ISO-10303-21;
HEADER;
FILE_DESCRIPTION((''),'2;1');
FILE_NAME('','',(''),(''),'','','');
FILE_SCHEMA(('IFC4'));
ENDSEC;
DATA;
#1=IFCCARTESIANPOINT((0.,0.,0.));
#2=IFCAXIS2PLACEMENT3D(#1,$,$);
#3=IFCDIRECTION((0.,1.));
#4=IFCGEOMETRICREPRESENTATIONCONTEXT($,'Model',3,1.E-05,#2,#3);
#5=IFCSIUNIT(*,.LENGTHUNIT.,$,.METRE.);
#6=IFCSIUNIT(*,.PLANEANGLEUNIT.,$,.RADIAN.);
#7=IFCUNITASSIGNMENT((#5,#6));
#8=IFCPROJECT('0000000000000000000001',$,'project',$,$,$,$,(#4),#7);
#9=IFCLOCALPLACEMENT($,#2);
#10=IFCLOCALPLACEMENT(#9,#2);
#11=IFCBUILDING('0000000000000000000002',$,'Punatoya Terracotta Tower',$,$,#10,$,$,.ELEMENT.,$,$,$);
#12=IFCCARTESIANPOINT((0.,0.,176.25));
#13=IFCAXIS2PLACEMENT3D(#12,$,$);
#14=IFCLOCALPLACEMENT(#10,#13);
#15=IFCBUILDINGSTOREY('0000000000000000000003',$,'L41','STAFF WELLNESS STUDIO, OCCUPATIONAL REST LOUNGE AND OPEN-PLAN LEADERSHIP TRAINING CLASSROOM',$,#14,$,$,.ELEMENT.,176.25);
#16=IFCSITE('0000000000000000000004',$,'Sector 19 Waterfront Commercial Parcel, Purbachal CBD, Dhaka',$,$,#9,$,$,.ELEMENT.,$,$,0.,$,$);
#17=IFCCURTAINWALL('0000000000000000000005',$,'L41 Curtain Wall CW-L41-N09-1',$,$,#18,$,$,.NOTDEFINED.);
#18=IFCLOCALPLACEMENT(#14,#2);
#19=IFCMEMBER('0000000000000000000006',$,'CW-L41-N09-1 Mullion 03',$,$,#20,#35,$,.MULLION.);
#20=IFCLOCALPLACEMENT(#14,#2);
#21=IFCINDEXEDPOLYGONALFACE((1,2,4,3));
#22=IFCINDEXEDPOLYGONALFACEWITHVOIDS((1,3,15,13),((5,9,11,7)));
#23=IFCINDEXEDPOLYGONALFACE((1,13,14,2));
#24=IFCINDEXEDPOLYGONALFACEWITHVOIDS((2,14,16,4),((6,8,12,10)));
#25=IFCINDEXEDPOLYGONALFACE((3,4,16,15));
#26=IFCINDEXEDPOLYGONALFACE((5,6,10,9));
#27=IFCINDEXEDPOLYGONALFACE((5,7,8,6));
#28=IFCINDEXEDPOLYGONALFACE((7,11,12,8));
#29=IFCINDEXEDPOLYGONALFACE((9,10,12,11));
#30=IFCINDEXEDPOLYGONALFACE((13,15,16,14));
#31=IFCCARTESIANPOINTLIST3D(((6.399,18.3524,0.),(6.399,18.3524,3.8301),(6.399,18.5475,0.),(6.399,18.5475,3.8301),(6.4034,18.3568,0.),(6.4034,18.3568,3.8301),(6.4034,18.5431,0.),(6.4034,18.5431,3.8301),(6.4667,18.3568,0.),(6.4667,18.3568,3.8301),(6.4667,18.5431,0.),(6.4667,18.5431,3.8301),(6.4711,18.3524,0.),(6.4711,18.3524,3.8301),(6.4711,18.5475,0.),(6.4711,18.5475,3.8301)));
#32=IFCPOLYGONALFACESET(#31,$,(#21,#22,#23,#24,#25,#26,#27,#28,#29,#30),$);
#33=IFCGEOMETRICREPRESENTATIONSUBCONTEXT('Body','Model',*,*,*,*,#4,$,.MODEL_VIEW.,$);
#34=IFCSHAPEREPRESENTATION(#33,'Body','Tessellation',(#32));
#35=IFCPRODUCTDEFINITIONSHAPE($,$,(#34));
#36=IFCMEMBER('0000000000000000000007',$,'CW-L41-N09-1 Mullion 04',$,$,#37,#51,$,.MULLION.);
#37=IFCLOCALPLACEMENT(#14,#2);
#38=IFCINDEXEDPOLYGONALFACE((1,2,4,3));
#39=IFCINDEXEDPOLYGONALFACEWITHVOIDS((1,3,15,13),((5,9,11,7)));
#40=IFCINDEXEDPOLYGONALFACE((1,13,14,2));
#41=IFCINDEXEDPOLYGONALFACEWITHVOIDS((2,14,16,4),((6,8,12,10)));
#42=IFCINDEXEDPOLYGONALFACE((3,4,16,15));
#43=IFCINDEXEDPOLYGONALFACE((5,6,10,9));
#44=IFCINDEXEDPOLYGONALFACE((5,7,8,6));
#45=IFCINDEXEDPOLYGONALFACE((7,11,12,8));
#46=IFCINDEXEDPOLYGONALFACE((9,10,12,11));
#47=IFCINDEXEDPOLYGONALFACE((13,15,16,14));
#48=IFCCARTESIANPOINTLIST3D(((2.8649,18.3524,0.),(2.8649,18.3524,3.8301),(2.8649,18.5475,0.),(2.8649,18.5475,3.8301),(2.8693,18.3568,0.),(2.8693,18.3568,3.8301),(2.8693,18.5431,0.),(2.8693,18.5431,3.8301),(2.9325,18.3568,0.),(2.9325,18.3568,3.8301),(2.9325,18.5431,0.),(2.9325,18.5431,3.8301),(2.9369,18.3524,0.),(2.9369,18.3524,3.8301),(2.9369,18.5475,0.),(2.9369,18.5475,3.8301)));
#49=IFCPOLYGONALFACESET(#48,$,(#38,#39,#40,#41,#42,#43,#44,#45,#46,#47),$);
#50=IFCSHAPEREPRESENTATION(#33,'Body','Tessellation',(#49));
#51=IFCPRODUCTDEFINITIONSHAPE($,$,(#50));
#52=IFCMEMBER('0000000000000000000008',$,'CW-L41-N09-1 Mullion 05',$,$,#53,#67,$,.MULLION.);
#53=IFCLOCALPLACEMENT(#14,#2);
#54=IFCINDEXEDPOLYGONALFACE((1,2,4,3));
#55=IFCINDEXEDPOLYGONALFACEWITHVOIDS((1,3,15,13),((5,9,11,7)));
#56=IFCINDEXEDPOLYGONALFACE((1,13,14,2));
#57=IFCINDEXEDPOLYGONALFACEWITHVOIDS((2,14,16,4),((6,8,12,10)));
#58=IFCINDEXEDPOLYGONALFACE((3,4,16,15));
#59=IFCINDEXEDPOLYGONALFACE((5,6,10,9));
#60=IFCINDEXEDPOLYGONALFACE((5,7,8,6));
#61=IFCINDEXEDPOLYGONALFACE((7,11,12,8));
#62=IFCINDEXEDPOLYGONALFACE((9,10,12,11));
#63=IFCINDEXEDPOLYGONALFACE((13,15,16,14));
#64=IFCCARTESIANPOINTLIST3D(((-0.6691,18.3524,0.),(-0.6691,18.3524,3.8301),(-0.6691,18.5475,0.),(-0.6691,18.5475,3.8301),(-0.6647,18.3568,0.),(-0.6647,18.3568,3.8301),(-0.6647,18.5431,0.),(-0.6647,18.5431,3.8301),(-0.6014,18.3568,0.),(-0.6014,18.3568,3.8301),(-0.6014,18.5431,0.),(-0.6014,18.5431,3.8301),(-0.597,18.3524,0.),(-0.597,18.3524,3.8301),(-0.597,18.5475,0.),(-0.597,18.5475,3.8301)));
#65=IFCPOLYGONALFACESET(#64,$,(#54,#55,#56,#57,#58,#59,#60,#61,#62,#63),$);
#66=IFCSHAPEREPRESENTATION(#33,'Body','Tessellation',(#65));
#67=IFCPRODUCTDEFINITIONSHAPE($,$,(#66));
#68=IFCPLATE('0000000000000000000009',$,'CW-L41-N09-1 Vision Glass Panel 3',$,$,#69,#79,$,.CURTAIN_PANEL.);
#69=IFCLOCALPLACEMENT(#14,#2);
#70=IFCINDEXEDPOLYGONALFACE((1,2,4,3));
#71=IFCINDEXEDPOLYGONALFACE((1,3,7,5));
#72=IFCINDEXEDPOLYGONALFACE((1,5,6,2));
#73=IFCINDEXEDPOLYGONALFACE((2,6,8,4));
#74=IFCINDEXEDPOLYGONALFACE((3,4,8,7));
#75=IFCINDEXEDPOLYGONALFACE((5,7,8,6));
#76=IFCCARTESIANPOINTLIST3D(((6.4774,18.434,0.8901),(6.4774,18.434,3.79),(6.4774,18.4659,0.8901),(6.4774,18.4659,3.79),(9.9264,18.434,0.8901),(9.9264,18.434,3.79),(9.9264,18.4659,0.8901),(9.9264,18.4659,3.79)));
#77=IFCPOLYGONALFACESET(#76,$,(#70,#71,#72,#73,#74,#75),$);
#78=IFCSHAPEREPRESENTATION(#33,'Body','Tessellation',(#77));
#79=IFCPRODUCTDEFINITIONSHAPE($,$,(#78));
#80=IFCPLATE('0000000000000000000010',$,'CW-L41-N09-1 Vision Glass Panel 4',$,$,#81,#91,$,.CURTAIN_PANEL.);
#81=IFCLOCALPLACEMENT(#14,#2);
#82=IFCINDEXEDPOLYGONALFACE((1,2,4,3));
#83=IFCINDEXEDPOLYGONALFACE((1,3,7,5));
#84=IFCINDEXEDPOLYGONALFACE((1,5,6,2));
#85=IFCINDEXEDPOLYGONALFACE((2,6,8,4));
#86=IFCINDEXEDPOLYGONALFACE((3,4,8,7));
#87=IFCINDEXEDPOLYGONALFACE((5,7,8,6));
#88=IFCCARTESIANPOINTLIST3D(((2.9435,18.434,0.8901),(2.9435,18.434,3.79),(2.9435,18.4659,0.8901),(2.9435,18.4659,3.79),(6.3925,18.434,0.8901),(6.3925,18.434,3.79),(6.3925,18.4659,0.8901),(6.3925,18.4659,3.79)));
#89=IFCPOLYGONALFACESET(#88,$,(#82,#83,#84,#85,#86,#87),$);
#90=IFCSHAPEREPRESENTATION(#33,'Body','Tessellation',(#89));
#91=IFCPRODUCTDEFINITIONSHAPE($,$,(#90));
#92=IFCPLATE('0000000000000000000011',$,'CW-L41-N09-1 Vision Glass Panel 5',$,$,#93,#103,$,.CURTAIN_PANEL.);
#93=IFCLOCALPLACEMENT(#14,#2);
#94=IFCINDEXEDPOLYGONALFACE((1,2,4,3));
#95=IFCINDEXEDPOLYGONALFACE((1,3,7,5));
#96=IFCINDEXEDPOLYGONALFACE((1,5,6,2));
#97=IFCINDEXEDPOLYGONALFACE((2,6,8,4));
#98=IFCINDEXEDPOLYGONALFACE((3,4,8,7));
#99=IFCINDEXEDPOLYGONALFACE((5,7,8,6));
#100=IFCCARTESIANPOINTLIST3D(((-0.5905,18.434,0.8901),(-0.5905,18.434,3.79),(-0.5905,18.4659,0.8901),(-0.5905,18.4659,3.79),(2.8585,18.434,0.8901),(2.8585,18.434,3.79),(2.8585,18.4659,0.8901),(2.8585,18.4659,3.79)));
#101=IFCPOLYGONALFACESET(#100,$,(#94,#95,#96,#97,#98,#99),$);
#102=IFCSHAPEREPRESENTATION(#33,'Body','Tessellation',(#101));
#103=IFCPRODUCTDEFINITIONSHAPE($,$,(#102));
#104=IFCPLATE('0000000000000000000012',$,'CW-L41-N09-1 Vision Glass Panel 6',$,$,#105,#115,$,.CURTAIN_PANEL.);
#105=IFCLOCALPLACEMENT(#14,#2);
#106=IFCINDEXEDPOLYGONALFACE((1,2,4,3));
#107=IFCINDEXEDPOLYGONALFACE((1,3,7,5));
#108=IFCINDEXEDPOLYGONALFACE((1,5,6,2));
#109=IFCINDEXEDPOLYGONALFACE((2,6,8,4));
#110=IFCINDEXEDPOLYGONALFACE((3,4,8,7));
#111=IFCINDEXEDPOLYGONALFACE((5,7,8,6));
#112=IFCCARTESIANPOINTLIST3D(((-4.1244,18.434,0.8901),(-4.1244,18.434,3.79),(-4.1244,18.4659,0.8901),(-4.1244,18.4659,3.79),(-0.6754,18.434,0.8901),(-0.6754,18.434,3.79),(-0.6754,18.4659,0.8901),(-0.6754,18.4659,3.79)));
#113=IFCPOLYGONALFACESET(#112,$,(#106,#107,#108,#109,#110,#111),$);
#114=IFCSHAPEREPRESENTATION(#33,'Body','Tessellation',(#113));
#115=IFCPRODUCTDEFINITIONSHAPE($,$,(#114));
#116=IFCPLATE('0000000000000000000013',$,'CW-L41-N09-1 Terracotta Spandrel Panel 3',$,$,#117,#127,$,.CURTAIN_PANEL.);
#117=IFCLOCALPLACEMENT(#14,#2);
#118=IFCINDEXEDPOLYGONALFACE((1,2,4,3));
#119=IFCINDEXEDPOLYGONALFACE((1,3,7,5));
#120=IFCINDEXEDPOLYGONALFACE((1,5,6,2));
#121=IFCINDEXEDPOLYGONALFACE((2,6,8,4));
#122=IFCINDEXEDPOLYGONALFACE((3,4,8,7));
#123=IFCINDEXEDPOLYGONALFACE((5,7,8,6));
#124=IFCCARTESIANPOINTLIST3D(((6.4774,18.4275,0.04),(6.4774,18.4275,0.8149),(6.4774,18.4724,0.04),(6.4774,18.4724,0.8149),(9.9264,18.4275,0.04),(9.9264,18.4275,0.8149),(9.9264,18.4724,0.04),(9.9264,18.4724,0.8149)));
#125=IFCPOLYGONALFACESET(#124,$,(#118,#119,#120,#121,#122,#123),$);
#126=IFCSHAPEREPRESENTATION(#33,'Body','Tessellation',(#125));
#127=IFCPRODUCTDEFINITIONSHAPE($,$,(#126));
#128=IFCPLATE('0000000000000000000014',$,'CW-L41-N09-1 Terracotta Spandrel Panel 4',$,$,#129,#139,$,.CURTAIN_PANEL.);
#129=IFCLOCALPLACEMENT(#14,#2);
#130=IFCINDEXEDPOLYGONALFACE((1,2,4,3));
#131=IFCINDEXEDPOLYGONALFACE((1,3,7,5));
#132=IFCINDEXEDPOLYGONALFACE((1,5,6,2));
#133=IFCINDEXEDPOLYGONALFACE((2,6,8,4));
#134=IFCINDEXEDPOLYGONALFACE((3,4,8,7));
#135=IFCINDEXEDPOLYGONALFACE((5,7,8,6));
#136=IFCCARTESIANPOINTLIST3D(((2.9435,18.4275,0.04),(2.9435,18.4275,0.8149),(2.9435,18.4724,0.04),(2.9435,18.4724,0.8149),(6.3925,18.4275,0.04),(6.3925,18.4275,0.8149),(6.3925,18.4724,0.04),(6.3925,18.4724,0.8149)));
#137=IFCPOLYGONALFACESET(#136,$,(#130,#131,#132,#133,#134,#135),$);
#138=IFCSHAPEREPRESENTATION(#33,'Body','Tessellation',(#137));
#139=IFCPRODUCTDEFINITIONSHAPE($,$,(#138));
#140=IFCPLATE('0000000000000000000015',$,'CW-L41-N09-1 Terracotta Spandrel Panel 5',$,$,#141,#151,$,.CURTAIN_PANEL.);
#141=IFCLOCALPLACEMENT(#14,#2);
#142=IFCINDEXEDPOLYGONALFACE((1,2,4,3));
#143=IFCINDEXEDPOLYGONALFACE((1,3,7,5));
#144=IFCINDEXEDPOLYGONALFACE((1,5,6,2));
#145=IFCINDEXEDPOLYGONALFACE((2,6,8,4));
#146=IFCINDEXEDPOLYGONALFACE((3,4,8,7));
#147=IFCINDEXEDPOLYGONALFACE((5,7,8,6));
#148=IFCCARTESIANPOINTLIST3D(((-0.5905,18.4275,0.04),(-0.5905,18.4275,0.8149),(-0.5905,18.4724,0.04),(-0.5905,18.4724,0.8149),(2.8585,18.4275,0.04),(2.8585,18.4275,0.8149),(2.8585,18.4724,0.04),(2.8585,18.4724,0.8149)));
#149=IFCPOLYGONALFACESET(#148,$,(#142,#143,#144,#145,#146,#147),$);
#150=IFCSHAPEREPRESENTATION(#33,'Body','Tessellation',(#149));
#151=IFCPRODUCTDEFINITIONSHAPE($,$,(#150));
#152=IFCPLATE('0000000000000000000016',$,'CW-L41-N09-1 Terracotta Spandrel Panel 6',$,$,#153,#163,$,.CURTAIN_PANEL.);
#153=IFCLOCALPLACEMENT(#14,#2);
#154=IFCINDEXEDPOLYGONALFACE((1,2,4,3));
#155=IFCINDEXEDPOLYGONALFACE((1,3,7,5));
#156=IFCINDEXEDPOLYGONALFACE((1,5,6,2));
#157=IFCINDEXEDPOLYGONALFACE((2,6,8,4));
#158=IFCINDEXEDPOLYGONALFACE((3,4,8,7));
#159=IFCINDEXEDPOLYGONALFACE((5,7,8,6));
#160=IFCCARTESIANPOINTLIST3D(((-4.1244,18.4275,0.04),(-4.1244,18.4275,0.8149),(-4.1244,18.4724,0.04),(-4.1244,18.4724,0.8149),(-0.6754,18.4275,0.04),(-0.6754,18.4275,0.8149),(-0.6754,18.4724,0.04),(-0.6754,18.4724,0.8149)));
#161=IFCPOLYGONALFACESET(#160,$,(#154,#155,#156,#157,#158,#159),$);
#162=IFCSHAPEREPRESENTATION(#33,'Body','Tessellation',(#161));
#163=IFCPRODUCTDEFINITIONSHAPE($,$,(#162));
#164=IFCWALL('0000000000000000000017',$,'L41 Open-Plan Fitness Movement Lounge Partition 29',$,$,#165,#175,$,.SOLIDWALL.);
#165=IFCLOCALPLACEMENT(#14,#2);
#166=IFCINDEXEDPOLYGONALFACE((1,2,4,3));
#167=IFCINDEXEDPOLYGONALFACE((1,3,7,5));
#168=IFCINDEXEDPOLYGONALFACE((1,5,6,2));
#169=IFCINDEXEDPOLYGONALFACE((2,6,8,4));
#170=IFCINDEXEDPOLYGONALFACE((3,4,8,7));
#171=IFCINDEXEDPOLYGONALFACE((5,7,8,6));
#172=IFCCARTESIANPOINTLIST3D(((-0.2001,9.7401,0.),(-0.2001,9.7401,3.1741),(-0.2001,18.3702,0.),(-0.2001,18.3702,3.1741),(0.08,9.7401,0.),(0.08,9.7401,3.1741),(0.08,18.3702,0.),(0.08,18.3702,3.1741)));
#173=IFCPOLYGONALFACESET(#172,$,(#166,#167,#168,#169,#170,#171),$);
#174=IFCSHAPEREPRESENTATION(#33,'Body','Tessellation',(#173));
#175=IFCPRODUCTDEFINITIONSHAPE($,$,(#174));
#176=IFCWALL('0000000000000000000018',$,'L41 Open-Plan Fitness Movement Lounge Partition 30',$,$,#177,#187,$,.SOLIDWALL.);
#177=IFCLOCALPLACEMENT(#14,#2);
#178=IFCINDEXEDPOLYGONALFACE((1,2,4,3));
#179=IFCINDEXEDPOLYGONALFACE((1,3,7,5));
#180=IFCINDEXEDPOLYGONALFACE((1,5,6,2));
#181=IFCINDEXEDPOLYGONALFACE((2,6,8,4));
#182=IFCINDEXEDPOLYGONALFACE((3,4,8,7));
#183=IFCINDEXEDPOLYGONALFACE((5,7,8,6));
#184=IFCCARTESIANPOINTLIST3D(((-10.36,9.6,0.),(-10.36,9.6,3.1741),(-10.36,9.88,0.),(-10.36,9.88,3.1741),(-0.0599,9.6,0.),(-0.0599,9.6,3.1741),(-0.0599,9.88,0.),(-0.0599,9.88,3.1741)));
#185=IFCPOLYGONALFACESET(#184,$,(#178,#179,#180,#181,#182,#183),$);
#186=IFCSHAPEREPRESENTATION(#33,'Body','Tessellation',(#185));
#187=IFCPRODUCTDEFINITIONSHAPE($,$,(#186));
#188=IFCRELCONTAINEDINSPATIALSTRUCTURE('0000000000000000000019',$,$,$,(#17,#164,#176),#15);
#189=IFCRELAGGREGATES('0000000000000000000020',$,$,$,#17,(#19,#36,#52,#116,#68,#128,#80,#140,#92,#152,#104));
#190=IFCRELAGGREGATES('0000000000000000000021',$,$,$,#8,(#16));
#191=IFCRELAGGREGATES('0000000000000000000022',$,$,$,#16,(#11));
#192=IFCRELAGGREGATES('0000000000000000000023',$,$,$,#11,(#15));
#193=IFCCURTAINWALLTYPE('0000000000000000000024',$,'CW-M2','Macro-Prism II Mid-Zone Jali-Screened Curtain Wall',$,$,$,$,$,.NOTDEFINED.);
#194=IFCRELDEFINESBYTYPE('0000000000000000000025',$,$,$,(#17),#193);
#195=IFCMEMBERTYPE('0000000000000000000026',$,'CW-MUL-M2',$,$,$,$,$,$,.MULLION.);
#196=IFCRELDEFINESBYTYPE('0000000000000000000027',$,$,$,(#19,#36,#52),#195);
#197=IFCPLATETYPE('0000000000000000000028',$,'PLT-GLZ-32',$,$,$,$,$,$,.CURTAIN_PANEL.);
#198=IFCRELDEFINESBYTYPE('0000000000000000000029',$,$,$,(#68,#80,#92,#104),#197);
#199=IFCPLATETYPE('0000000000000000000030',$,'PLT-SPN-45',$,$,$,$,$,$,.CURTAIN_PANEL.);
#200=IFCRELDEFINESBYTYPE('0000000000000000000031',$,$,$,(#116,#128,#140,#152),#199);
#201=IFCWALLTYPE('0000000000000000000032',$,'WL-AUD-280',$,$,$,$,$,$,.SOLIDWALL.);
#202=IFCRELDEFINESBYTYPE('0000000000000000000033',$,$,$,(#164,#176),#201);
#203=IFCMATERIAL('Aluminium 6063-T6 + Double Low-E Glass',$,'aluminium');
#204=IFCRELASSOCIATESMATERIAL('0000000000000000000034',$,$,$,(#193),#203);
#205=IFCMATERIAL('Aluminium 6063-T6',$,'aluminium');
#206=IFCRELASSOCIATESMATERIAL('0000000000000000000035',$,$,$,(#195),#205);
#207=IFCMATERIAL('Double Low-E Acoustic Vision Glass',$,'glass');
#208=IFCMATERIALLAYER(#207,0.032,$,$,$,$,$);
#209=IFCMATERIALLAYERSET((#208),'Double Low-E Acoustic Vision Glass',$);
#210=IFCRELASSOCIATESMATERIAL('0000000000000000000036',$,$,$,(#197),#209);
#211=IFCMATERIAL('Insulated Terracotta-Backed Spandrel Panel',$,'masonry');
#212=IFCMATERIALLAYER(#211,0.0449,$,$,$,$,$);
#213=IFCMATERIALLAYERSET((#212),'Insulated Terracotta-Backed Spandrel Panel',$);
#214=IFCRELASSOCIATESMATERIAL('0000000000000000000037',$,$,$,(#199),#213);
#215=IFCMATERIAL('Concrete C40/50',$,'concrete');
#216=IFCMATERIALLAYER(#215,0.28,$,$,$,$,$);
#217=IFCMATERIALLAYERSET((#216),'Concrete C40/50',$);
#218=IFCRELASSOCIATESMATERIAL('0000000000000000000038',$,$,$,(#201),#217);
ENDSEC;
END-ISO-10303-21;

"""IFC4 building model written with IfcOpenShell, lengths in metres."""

from ifc_helpers import new_model, si_unit, direction, frame, frame_2d, origin, origin_2d, place, context, subcontext, project, spatial, rectangle, hollow_rectangle, extrude, material, layer, layer_set, material_profile, profile_set, type_object, element, aggregate, save


model = new_model("IFC4")

# Units and contexts
model_context = context("Model", 3, precision=1e-05, world=origin(), true_north=direction((0.0, 1.0)))
body_context = subcontext(model_context, "Body", "Model", "MODEL_VIEW")
ifc_project = project(units=[si_unit("LENGTHUNIT", "METRE"), si_unit("PLANEANGLEUNIT", "RADIAN")], contexts=[model_context])

# Site, building, storey
site_placement = place(None, origin())
site = spatial("IfcSite", under=ifc_project, at=site_placement, Name="Sector 19 Waterfront Commercial Parcel, Purbachal CBD, Dhaka", CompositionType="ELEMENT", RefElevation=0.0)
building_placement = place(site_placement, origin())
building = spatial("IfcBuilding", under=site, at=building_placement, Name="Punatoya Terracotta Tower", CompositionType="ELEMENT")
storey_placement = place(building_placement, frame((0.0, 0.0, 176.25)))
storey = spatial("IfcBuildingStorey", under=building, at=storey_placement, Name="L41", Description="STAFF WELLNESS STUDIO, OCCUPATIONAL REST LOUNGE AND OPEN-PLAN LEADERSHIP TRAINING CLASSROOM", CompositionType="ELEMENT", Elevation=176.25)

# Curtain wall, members, plates
ifc_material_1 = material(Name="Aluminium 6063-T6 + Double Low-E Glass", Category="aluminium")
curtain_wall_type = type_object("IfcCurtainWallType", Name="CW-M2", Description="Macro-Prism II Mid-Zone Jali-Screened Curtain Wall", PredefinedType="NOTDEFINED", material=ifc_material_1)
curtain_wall_placement = place(storey_placement, origin())
curtain_wall = element("IfcCurtainWall", 1, at=curtain_wall_placement, inside=storey, type_object=curtain_wall_type, Name="L41 Curtain Wall CW-L41-N09-1", PredefinedType="NOTDEFINED")
ifc_material_2 = material(Name="Aluminium 6063-T6", Category="aluminium")
ifc_material_profile_1 = material_profile(ifc_material_2, hollow_rectangle(XDim=0.072, YDim=0.1951, WallThickness=0.0044, at=origin_2d()))
ifc_profile_set_1 = profile_set([ifc_material_profile_1], Name="Aluminium 6063-T6")
member_type = type_object("IfcMemberType", Name="CW-MUL-M2", PredefinedType="MULLION", material=ifc_profile_set_1)
member_1_placement = place(storey_placement, frame((6.4351, 18.45, 0.0), z_axis=(0.0, 0.0, 1.0), x_axis=(1.0, 0.0, 0.0)))
member_1 = element("IfcMember", 2, at=member_1_placement, type_object=member_type, Name="CW-L41-N09-1 Mullion 03", PredefinedType="MULLION", context=body_context, shape_type="SweptSolid", body=[
    extrude(hollow_rectangle(XDim=0.072, YDim=0.1951, WallThickness=0.0044, at=origin_2d()), origin(), (0.0, 0.0, 1.0), 3.8301),
])
member_2_placement = place(storey_placement, frame((2.9009, 18.45, 0.0), z_axis=(0.0, 0.0, 1.0), x_axis=(1.0, 0.0, 0.0)))
member_2 = element("IfcMember", 3, at=member_2_placement, type_object=member_type, Name="CW-L41-N09-1 Mullion 04", PredefinedType="MULLION", context=body_context, shape_type="SweptSolid", body=[
    extrude(hollow_rectangle(XDim=0.072, YDim=0.1951, WallThickness=0.0044, at=origin_2d()), origin(), (0.0, 0.0, 1.0), 3.8301),
])
member_3_placement = place(storey_placement, frame((-0.6331, 18.45, 0.0), z_axis=(0.0, 0.0, 1.0), x_axis=(1.0, 0.0, 0.0)))
member_3 = element("IfcMember", 4, at=member_3_placement, type_object=member_type, Name="CW-L41-N09-1 Mullion 05", PredefinedType="MULLION", context=body_context, shape_type="SweptSolid", body=[
    extrude(hollow_rectangle(XDim=0.072, YDim=0.1951, WallThickness=0.0044, at=origin_2d()), origin(), (0.0, 0.0, 1.0), 3.8301),
])
ifc_material_3 = material(Name="Double Low-E Acoustic Vision Glass", Category="glass")
ifc_layer_1 = layer(ifc_material_3, 0.032)
ifc_layer_set_1 = layer_set([ifc_layer_1], Name="Double Low-E Acoustic Vision Glass")
plate_type_1 = type_object("IfcPlateType", Name="PLT-GLZ-32", PredefinedType="CURTAIN_PANEL", material=ifc_layer_set_1)
plate_1_placement = place(storey_placement, frame((8.2019, 18.45, 0.8901), z_axis=(0.0, 0.0, 1.0), x_axis=(-1.0, 0.0, 0.0)))
plate_1 = element("IfcPlate", 5, at=plate_1_placement, type_object=plate_type_1, Name="CW-L41-N09-1 Vision Glass Panel 3", PredefinedType="CURTAIN_PANEL", context=body_context, shape_type="SweptSolid", body=[
    extrude(rectangle(XDim=3.449, YDim=0.032, at=origin_2d()), origin(), (0.0, 0.0, 1.0), 2.8999),
])
plate_2_placement = place(storey_placement, frame((4.668, 18.45, 0.8901), z_axis=(0.0, 0.0, 1.0), x_axis=(-1.0, 0.0, 0.0)))
plate_2 = element("IfcPlate", 6, at=plate_2_placement, type_object=plate_type_1, Name="CW-L41-N09-1 Vision Glass Panel 4", PredefinedType="CURTAIN_PANEL", context=body_context, shape_type="SweptSolid", body=[
    extrude(rectangle(XDim=3.449, YDim=0.032, at=origin_2d()), origin(), (0.0, 0.0, 1.0), 2.8999),
])
plate_3_placement = place(storey_placement, frame((1.134, 18.45, 0.8901), z_axis=(0.0, 0.0, 1.0), x_axis=(-1.0, 0.0, 0.0)))
plate_3 = element("IfcPlate", 7, at=plate_3_placement, type_object=plate_type_1, Name="CW-L41-N09-1 Vision Glass Panel 5", PredefinedType="CURTAIN_PANEL", context=body_context, shape_type="SweptSolid", body=[
    extrude(rectangle(XDim=3.449, YDim=0.032, at=origin_2d()), origin(), (0.0, 0.0, 1.0), 2.8999),
])
plate_4_placement = place(storey_placement, frame((-2.3999, 18.45, 0.8901), z_axis=(0.0, 0.0, 1.0), x_axis=(-1.0, 0.0, 0.0)))
plate_4 = element("IfcPlate", 8, at=plate_4_placement, type_object=plate_type_1, Name="CW-L41-N09-1 Vision Glass Panel 6", PredefinedType="CURTAIN_PANEL", context=body_context, shape_type="SweptSolid", body=[
    extrude(rectangle(XDim=3.449, YDim=0.032, at=origin_2d()), origin(), (0.0, 0.0, 1.0), 2.8999),
])
ifc_material_4 = material(Name="Insulated Terracotta-Backed Spandrel Panel", Category="masonry")
ifc_layer_2 = layer(ifc_material_4, 0.0449)
ifc_layer_set_2 = layer_set([ifc_layer_2], Name="Insulated Terracotta-Backed Spandrel Panel")
plate_type_2 = type_object("IfcPlateType", Name="PLT-SPN-45", PredefinedType="CURTAIN_PANEL", material=ifc_layer_set_2)
plate_5_placement = place(storey_placement, frame((8.2019, 18.45, 0.04), z_axis=(0.0, 0.0, 1.0), x_axis=(-1.0, 0.0, 0.0)))
plate_5 = element("IfcPlate", 9, at=plate_5_placement, type_object=plate_type_2, Name="CW-L41-N09-1 Terracotta Spandrel Panel 3", PredefinedType="CURTAIN_PANEL", context=body_context, shape_type="SweptSolid", body=[
    extrude(rectangle(XDim=3.449, YDim=0.0449, at=origin_2d()), origin(), (0.0, 0.0, 1.0), 0.7749),
])
plate_6_placement = place(storey_placement, frame((4.668, 18.45, 0.04), z_axis=(0.0, 0.0, 1.0), x_axis=(-1.0, 0.0, 0.0)))
plate_6 = element("IfcPlate", 10, at=plate_6_placement, type_object=plate_type_2, Name="CW-L41-N09-1 Terracotta Spandrel Panel 4", PredefinedType="CURTAIN_PANEL", context=body_context, shape_type="SweptSolid", body=[
    extrude(rectangle(XDim=3.449, YDim=0.0449, at=origin_2d()), origin(), (0.0, 0.0, 1.0), 0.7749),
])
plate_7_placement = place(storey_placement, frame((1.134, 18.45, 0.04), z_axis=(0.0, 0.0, 1.0), x_axis=(-1.0, 0.0, 0.0)))
plate_7 = element("IfcPlate", 11, at=plate_7_placement, type_object=plate_type_2, Name="CW-L41-N09-1 Terracotta Spandrel Panel 5", PredefinedType="CURTAIN_PANEL", context=body_context, shape_type="SweptSolid", body=[
    extrude(rectangle(XDim=3.449, YDim=0.0449, at=origin_2d()), origin(), (0.0, 0.0, 1.0), 0.7749),
])
plate_8_placement = place(storey_placement, frame((-2.3999, 18.45, 0.04), z_axis=(0.0, 0.0, 1.0), x_axis=(-1.0, 0.0, 0.0)))
plate_8 = element("IfcPlate", 12, at=plate_8_placement, type_object=plate_type_2, Name="CW-L41-N09-1 Terracotta Spandrel Panel 6", PredefinedType="CURTAIN_PANEL", context=body_context, shape_type="SweptSolid", body=[
    extrude(rectangle(XDim=3.449, YDim=0.0449, at=origin_2d()), origin(), (0.0, 0.0, 1.0), 0.7749),
])
aggregate(curtain_wall, [member_1, member_2, member_3, plate_5, plate_1, plate_6, plate_2, plate_7, plate_3, plate_8, plate_4])

# Walls
ifc_material_5 = material(Name="Concrete C40/50", Category="concrete")
ifc_layer_3 = layer(ifc_material_5, 0.28)
ifc_layer_set_3 = layer_set([ifc_layer_3], Name="Concrete C40/50")
wall_type_1 = type_object("IfcWallType", Name="WL-AUD-280", PredefinedType="SOLIDWALL", material=ifc_layer_set_3)
wall_1_placement = place(storey_placement, frame((-0.0601, 18.3701, 0.0), z_axis=(0.0, 0.0, 1.0), x_axis=(0.0, -1.0, 0.0)))
element("IfcWall", 13, at=wall_1_placement, inside=storey, type_object=wall_type_1, Name="L41 Open-Plan Fitness Movement Lounge Partition 29", PredefinedType="SOLIDWALL", context=body_context, shape_type="SweptSolid", body=[
    extrude(rectangle(XDim=8.6301, YDim=0.28, at=frame_2d((4.3149, 0.0))), origin(), (0.0, 0.0, 1.0), 3.1741),
])
wall_2_placement = place(storey_placement, frame((-0.0601, 9.74, 0.0), z_axis=(0.0, 0.0, 1.0), x_axis=(-1.0, 0.0, 0.0)))
element("IfcWall", 14, at=wall_2_placement, inside=storey, type_object=wall_type_1, Name="L41 Open-Plan Fitness Movement Lounge Partition 30", PredefinedType="SOLIDWALL", context=body_context, shape_type="SweptSolid", body=[
    extrude(rectangle(XDim=10.3, YDim=0.28, at=frame_2d((5.1499, 0.0))), origin(), (0.0, 0.0, 1.0), 3.1741),
])

save(model, "model.ifc")
